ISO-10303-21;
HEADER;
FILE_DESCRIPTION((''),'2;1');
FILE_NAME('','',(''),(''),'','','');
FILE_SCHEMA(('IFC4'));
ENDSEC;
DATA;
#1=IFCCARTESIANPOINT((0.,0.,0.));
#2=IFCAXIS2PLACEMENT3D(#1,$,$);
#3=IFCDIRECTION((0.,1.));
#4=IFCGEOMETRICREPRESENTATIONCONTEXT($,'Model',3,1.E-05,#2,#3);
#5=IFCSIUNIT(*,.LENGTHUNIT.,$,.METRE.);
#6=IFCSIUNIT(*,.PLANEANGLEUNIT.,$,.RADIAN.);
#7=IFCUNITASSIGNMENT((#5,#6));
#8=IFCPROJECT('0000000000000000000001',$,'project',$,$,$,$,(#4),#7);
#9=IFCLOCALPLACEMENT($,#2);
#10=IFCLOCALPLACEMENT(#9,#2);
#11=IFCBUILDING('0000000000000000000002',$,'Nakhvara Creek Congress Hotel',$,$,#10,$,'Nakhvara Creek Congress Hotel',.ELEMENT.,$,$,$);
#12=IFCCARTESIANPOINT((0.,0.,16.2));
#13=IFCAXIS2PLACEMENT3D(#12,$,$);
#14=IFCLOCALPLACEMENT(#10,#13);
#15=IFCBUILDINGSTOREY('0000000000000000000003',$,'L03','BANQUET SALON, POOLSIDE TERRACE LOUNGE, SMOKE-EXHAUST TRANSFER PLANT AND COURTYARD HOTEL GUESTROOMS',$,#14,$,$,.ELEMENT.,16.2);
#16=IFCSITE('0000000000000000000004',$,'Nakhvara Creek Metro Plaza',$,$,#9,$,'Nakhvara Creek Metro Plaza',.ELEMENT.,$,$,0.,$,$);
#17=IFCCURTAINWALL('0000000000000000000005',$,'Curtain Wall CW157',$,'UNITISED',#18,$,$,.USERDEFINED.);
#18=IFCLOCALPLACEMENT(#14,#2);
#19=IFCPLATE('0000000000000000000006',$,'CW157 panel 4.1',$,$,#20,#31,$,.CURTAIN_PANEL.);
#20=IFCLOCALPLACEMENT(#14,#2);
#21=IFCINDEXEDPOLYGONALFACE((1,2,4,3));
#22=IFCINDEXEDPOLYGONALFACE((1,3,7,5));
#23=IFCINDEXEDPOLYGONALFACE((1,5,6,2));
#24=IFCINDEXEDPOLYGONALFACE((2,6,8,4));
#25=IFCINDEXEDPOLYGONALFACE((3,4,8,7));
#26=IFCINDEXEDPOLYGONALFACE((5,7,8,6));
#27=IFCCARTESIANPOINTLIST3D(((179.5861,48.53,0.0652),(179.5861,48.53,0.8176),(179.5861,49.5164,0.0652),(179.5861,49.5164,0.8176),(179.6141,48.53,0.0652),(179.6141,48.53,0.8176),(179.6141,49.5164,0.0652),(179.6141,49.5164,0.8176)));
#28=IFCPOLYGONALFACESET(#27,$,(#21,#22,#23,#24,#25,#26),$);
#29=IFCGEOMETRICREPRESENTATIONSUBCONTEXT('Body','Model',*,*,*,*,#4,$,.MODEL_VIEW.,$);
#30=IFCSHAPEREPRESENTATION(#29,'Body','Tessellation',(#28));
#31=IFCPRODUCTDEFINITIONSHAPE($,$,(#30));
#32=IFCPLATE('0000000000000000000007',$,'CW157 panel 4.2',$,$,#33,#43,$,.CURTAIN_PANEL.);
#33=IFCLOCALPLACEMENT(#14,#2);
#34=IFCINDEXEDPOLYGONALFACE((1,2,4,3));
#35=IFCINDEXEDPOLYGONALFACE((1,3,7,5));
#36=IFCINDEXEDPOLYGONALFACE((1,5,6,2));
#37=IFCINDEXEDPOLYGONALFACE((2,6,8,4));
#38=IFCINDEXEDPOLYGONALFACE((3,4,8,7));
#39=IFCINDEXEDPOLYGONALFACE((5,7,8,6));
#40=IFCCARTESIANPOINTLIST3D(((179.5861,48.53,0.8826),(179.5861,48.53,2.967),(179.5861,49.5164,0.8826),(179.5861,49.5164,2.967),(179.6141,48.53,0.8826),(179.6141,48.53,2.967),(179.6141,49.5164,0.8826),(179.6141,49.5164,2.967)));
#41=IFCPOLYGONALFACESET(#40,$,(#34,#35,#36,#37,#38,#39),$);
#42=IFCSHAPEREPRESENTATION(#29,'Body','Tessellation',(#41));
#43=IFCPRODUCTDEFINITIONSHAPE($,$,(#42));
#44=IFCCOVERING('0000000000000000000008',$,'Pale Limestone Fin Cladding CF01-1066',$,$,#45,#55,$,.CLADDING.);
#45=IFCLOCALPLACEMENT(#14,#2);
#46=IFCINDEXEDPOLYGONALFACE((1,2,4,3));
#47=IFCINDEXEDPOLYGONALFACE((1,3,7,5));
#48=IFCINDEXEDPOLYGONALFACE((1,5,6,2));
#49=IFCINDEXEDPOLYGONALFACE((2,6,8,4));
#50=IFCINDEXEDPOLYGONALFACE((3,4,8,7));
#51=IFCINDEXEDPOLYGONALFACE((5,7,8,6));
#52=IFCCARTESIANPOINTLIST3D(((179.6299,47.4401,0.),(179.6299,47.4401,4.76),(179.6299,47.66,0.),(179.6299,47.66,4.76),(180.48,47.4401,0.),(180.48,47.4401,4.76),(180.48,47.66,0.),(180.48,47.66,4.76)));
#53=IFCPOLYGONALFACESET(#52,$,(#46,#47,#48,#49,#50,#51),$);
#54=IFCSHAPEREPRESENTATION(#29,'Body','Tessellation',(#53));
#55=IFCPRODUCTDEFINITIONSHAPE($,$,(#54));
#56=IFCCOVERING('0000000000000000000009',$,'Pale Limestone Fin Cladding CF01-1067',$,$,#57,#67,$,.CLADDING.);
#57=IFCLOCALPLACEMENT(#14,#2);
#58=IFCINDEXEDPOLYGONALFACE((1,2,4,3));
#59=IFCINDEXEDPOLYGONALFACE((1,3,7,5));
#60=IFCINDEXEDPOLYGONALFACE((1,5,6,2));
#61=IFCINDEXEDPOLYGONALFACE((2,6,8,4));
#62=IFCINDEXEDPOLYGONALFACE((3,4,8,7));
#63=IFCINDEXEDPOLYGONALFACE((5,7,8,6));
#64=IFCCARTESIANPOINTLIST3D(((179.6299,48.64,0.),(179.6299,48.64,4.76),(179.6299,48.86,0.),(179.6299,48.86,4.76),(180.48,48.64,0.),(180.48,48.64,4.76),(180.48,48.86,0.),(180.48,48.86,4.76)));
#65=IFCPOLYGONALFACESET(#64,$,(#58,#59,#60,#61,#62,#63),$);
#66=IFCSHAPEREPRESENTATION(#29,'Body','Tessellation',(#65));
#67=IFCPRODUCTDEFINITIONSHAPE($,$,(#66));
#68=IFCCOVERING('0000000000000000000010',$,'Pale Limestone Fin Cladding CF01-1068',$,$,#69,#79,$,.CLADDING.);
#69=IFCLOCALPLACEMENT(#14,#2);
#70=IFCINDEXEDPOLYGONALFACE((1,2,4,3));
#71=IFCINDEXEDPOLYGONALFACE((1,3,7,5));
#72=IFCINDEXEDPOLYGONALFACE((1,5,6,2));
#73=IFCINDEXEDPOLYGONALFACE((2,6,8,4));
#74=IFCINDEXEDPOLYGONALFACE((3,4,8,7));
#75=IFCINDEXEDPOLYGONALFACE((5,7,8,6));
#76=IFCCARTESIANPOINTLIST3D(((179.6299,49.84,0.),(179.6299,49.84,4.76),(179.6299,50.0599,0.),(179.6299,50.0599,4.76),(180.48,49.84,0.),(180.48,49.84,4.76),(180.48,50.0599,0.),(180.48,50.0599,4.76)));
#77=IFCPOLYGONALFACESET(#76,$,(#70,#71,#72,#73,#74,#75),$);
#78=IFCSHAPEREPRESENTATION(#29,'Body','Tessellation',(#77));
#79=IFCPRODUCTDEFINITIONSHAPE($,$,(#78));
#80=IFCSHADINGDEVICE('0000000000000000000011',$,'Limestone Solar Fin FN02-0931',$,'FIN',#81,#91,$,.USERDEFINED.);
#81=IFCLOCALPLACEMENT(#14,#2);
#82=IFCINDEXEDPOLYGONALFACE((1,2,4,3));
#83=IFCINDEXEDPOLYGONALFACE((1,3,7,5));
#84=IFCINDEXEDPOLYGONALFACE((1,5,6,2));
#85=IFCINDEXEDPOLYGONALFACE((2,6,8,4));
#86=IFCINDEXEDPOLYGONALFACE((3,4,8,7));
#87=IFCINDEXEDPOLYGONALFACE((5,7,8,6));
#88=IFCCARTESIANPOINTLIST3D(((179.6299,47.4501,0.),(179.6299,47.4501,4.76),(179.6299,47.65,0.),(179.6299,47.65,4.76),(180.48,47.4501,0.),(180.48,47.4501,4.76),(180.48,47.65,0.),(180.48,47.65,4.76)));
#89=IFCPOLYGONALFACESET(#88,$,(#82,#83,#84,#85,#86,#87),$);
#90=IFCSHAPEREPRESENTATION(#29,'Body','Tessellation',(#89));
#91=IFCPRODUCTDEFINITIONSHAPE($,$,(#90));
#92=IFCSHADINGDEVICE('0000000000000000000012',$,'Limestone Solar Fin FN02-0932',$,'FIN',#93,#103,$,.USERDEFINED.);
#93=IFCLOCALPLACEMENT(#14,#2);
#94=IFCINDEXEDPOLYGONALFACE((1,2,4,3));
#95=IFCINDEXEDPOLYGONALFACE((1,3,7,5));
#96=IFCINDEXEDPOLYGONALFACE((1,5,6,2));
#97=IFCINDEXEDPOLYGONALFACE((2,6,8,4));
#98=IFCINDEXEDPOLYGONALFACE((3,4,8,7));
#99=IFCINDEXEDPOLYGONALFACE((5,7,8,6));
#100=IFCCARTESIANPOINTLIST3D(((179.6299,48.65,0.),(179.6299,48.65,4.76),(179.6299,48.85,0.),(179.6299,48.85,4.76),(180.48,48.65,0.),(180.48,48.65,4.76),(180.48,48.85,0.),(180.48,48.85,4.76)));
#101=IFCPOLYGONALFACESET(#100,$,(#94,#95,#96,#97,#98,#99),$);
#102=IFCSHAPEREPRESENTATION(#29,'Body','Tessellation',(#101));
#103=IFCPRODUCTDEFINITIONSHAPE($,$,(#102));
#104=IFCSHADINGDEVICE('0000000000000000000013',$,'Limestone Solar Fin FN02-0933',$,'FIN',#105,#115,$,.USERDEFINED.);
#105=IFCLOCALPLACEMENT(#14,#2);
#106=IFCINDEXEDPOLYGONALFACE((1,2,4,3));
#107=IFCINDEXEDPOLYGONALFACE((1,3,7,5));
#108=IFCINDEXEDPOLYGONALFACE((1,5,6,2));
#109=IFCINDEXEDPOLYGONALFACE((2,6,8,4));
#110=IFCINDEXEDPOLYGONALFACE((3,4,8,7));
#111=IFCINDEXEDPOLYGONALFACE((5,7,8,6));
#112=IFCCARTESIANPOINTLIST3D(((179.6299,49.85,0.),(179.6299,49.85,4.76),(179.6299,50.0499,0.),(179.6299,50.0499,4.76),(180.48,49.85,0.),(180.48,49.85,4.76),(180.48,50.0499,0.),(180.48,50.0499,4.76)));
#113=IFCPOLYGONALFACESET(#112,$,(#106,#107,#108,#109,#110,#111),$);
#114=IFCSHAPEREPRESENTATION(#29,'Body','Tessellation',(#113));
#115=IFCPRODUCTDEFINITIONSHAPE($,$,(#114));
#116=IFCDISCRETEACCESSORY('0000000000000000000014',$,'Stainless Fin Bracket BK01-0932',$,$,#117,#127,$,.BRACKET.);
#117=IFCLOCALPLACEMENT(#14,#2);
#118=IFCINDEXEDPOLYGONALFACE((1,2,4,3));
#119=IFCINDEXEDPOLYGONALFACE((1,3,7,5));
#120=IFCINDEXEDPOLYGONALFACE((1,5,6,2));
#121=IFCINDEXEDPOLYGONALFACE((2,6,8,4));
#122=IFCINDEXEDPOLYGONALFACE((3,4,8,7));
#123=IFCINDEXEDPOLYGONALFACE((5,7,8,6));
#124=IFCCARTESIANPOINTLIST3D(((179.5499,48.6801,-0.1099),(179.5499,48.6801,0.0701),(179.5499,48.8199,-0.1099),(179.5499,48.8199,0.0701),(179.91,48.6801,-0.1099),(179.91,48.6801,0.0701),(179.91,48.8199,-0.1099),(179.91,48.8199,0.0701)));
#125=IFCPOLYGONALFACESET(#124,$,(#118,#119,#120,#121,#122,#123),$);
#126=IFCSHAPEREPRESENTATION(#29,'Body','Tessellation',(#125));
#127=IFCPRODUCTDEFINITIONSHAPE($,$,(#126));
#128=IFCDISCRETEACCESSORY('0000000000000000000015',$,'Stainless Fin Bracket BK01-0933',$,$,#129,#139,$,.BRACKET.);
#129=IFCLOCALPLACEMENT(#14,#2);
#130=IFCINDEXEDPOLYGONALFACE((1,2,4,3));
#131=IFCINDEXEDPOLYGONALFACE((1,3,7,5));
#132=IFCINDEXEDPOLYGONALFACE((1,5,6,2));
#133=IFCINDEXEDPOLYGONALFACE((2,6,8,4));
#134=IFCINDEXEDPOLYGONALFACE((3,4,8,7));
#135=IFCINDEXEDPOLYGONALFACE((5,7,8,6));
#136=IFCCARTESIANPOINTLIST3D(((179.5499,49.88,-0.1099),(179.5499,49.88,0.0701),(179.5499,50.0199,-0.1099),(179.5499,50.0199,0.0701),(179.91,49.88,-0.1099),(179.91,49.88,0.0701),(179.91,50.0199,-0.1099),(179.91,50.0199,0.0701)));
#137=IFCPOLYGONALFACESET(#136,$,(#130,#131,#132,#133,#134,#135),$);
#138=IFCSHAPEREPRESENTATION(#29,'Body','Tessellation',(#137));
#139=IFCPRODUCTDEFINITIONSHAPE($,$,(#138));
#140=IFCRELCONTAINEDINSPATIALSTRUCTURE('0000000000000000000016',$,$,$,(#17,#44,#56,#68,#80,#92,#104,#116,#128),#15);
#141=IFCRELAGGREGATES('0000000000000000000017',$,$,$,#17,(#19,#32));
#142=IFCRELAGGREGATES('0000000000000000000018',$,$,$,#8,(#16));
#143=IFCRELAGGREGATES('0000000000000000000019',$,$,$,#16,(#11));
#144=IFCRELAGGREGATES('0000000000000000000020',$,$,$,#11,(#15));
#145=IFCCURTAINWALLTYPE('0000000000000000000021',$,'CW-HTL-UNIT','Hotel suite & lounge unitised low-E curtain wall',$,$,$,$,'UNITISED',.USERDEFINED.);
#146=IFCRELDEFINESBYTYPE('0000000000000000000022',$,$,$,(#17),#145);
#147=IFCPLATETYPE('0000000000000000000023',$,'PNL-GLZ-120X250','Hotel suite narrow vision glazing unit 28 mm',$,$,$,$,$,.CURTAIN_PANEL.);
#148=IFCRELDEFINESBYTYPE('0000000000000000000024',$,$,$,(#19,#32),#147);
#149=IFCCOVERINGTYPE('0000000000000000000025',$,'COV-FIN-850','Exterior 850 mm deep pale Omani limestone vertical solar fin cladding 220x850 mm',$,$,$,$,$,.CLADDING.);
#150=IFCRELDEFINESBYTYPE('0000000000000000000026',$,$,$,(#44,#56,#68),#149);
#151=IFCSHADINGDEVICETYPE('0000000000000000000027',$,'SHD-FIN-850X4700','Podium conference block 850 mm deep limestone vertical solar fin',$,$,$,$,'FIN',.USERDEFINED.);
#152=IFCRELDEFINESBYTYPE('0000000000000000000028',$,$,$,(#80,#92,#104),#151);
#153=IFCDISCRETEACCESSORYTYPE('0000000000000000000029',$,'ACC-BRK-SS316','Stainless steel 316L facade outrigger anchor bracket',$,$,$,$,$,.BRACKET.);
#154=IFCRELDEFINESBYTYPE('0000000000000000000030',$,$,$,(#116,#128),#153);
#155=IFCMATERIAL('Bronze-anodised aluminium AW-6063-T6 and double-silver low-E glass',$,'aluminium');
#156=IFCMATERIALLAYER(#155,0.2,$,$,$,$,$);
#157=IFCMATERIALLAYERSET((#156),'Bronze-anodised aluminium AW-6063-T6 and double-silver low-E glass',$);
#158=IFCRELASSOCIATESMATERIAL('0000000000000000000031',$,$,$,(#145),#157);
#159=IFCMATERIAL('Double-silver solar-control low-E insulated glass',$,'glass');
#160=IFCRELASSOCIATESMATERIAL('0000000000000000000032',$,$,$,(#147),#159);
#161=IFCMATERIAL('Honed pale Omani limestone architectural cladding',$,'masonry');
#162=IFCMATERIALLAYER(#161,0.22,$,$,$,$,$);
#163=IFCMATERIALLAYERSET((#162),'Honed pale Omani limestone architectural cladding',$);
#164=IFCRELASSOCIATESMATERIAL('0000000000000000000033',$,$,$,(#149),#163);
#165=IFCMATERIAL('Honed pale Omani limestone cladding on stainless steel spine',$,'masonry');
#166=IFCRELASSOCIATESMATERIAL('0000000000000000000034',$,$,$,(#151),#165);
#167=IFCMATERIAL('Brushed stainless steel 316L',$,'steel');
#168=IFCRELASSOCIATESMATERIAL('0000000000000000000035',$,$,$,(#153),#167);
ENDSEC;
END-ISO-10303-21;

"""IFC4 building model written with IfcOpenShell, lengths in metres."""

from ifc_helpers import new_model, si_unit, direction, frame, origin, origin_2d, place, context, subcontext, project, spatial, rectangle, extrude, material, layer, layer_set, type_object, element, aggregate, save


model = new_model("IFC4")

# Units and contexts
model_context = context("Model", 3, precision=1e-05, world=origin(), true_north=direction((0.0, 1.0)))
body_context = subcontext(model_context, "Body", "Model", "MODEL_VIEW")
ifc_project = project(units=[si_unit("LENGTHUNIT", "METRE"), si_unit("PLANEANGLEUNIT", "RADIAN")], contexts=[model_context])

# Site, building, storey
site_placement = place(None, origin())
site = spatial("IfcSite", under=ifc_project, at=site_placement, Name="Nakhvara Creek Metro Plaza", LongName="Nakhvara Creek Metro Plaza", CompositionType="ELEMENT", RefElevation=0.0)
building_placement = place(site_placement, origin())
building = spatial("IfcBuilding", under=site, at=building_placement, Name="Nakhvara Creek Congress Hotel", LongName="Nakhvara Creek Congress Hotel", CompositionType="ELEMENT")
storey_placement = place(building_placement, frame((0.0, 0.0, 16.2)))
storey = spatial("IfcBuildingStorey", under=building, at=storey_placement, Name="L03", Description="BANQUET SALON, POOLSIDE TERRACE LOUNGE, SMOKE-EXHAUST TRANSFER PLANT AND COURTYARD HOTEL GUESTROOMS", CompositionType="ELEMENT", Elevation=16.2)

# Curtain wall, plates
ifc_material_1 = material(Name="Bronze-anodised aluminium AW-6063-T6 and double-silver low-E glass", Category="aluminium")
ifc_layer_1 = layer(ifc_material_1, 0.2)
ifc_layer_set_1 = layer_set([ifc_layer_1], Name="Bronze-anodised aluminium AW-6063-T6 and double-silver low-E glass")
curtain_wall_type = type_object("IfcCurtainWallType", Name="CW-HTL-UNIT", Description="Hotel suite & lounge unitised low-E curtain wall", ElementType="UNITISED", PredefinedType="USERDEFINED", material=ifc_layer_set_1)
curtain_wall_placement = place(storey_placement, origin())
curtain_wall = element("IfcCurtainWall", 1, at=curtain_wall_placement, inside=storey, type_object=curtain_wall_type, Name="Curtain Wall CW157", ObjectType="UNITISED", PredefinedType="USERDEFINED")
ifc_material_2 = material(Name="Double-silver solar-control low-E insulated glass", Category="glass")
plate_type = type_object("IfcPlateType", Name="PNL-GLZ-120X250", Description="Hotel suite narrow vision glazing unit 28 mm", PredefinedType="CURTAIN_PANEL", material=ifc_material_2)
plate_1_placement = place(storey_placement, frame((179.6001, 49.0232, 0.0652), z_axis=(0.0, 0.0, 1.0), x_axis=(0.0, -1.0, 0.0)))
plate_1 = element("IfcPlate", 2, at=plate_1_placement, type_object=plate_type, Name="CW157 panel 4.1", PredefinedType="CURTAIN_PANEL", context=body_context, shape_type="SweptSolid", body=[
    extrude(rectangle(XDim=0.9863, YDim=0.0281, at=origin_2d()), origin(), (0.0, 0.0, 1.0), 0.7524),
])
plate_2_placement = place(storey_placement, frame((179.6001, 49.0232, 0.8826), z_axis=(0.0, 0.0, 1.0), x_axis=(0.0, -1.0, 0.0)))
plate_2 = element("IfcPlate", 3, at=plate_2_placement, type_object=plate_type, Name="CW157 panel 4.2", PredefinedType="CURTAIN_PANEL", context=body_context, shape_type="SweptSolid", body=[
    extrude(rectangle(XDim=0.9863, YDim=0.0281, at=origin_2d()), origin(), (0.0, 0.0, 1.0), 2.0845),
])
aggregate(curtain_wall, [plate_1, plate_2])

# Coverings
ifc_material_3 = material(Name="Honed pale Omani limestone architectural cladding", Category="masonry")
ifc_layer_2 = layer(ifc_material_3, 0.22)
ifc_layer_set_2 = layer_set([ifc_layer_2], Name="Honed pale Omani limestone architectural cladding")
covering_type = type_object("IfcCoveringType", Name="COV-FIN-850", Description="Exterior 850 mm deep pale Omani limestone vertical solar fin cladding 220x850 mm", PredefinedType="CLADDING", material=ifc_layer_set_2)
for number, where, z_axis, x_axis, name in (
    (4, (180.0549, 47.55, 0.0), (0.0, 0.0, 1.0), (0.0, 1.0, 0.0), "Pale Limestone Fin Cladding CF01-1066"),
    (5, (180.0549, 48.75, 0.0), (0.0, 0.0, 1.0), (0.0, 1.0, 0.0), "Pale Limestone Fin Cladding CF01-1067"),
    (6, (180.0549, 49.95, 0.0), (0.0, 0.0, 1.0), (0.0, 1.0, 0.0), "Pale Limestone Fin Cladding CF01-1068"),
):
    element("IfcCovering", number, at=place(storey_placement, frame(where, z_axis=z_axis, x_axis=x_axis)), inside=storey, type_object=covering_type, Name=name, PredefinedType="CLADDING", context=body_context, shape_type="SweptSolid", body=[
        extrude(rectangle(XDim=0.22, YDim=0.8501, at=origin_2d()), origin(), (0.0, 0.0, 1.0), 4.76),
    ])

# Shading devices
ifc_material_4 = material(Name="Honed pale Omani limestone cladding on stainless steel spine", Category="masonry")
shading_device_type = type_object("IfcShadingDeviceType", Name="SHD-FIN-850X4700", Description="Podium conference block 850 mm deep limestone vertical solar fin", ElementType="FIN", PredefinedType="USERDEFINED", material=ifc_material_4)
for number, where, z_axis, x_axis, name in (
    (7, (180.0549, 47.55, 0.0), (0.0, 0.0, 1.0), (0.0, 1.0, 0.0), "Limestone Solar Fin FN02-0931"),
    (8, (180.0549, 48.75, 0.0), (0.0, 0.0, 1.0), (0.0, 1.0, 0.0), "Limestone Solar Fin FN02-0932"),
    (9, (180.0549, 49.95, 0.0), (0.0, 0.0, 1.0), (0.0, 1.0, 0.0), "Limestone Solar Fin FN02-0933"),
):
    element("IfcShadingDevice", number, at=place(storey_placement, frame(where, z_axis=z_axis, x_axis=x_axis)), inside=storey, type_object=shading_device_type, Name=name, ObjectType="FIN", PredefinedType="USERDEFINED", context=body_context, shape_type="SweptSolid", body=[
        extrude(rectangle(XDim=0.2, YDim=0.8501, at=origin_2d()), origin(), (0.0, 0.0, 1.0), 4.76),
    ])

# Discrete accessories
ifc_material_5 = material(Name="Brushed stainless steel 316L", Category="steel")
discrete_accessory_type = type_object("IfcDiscreteAccessoryType", Name="ACC-BRK-SS316", Description="Stainless steel 316L facade outrigger anchor bracket", PredefinedType="BRACKET", material=ifc_material_5)
for number, where, z_axis, x_axis, name in (
    (10, (179.73, 48.75, -0.1099), (0.0, 0.0, 1.0), (0.0, 1.0, 0.0), "Stainless Fin Bracket BK01-0932"),
    (11, (179.73, 49.95, -0.1099), (0.0, 0.0, 1.0), (0.0, 1.0, 0.0), "Stainless Fin Bracket BK01-0933"),
):
    element("IfcDiscreteAccessory", number, at=place(storey_placement, frame(where, z_axis=z_axis, x_axis=x_axis)), inside=storey, type_object=discrete_accessory_type, Name=name, PredefinedType="BRACKET", context=body_context, shape_type="SweptSolid", body=[
        extrude(rectangle(XDim=0.1399, YDim=0.3601, at=origin_2d()), origin(), (0.0, 0.0, 1.0), 0.1799),
    ])

save(model, "model.ifc")
